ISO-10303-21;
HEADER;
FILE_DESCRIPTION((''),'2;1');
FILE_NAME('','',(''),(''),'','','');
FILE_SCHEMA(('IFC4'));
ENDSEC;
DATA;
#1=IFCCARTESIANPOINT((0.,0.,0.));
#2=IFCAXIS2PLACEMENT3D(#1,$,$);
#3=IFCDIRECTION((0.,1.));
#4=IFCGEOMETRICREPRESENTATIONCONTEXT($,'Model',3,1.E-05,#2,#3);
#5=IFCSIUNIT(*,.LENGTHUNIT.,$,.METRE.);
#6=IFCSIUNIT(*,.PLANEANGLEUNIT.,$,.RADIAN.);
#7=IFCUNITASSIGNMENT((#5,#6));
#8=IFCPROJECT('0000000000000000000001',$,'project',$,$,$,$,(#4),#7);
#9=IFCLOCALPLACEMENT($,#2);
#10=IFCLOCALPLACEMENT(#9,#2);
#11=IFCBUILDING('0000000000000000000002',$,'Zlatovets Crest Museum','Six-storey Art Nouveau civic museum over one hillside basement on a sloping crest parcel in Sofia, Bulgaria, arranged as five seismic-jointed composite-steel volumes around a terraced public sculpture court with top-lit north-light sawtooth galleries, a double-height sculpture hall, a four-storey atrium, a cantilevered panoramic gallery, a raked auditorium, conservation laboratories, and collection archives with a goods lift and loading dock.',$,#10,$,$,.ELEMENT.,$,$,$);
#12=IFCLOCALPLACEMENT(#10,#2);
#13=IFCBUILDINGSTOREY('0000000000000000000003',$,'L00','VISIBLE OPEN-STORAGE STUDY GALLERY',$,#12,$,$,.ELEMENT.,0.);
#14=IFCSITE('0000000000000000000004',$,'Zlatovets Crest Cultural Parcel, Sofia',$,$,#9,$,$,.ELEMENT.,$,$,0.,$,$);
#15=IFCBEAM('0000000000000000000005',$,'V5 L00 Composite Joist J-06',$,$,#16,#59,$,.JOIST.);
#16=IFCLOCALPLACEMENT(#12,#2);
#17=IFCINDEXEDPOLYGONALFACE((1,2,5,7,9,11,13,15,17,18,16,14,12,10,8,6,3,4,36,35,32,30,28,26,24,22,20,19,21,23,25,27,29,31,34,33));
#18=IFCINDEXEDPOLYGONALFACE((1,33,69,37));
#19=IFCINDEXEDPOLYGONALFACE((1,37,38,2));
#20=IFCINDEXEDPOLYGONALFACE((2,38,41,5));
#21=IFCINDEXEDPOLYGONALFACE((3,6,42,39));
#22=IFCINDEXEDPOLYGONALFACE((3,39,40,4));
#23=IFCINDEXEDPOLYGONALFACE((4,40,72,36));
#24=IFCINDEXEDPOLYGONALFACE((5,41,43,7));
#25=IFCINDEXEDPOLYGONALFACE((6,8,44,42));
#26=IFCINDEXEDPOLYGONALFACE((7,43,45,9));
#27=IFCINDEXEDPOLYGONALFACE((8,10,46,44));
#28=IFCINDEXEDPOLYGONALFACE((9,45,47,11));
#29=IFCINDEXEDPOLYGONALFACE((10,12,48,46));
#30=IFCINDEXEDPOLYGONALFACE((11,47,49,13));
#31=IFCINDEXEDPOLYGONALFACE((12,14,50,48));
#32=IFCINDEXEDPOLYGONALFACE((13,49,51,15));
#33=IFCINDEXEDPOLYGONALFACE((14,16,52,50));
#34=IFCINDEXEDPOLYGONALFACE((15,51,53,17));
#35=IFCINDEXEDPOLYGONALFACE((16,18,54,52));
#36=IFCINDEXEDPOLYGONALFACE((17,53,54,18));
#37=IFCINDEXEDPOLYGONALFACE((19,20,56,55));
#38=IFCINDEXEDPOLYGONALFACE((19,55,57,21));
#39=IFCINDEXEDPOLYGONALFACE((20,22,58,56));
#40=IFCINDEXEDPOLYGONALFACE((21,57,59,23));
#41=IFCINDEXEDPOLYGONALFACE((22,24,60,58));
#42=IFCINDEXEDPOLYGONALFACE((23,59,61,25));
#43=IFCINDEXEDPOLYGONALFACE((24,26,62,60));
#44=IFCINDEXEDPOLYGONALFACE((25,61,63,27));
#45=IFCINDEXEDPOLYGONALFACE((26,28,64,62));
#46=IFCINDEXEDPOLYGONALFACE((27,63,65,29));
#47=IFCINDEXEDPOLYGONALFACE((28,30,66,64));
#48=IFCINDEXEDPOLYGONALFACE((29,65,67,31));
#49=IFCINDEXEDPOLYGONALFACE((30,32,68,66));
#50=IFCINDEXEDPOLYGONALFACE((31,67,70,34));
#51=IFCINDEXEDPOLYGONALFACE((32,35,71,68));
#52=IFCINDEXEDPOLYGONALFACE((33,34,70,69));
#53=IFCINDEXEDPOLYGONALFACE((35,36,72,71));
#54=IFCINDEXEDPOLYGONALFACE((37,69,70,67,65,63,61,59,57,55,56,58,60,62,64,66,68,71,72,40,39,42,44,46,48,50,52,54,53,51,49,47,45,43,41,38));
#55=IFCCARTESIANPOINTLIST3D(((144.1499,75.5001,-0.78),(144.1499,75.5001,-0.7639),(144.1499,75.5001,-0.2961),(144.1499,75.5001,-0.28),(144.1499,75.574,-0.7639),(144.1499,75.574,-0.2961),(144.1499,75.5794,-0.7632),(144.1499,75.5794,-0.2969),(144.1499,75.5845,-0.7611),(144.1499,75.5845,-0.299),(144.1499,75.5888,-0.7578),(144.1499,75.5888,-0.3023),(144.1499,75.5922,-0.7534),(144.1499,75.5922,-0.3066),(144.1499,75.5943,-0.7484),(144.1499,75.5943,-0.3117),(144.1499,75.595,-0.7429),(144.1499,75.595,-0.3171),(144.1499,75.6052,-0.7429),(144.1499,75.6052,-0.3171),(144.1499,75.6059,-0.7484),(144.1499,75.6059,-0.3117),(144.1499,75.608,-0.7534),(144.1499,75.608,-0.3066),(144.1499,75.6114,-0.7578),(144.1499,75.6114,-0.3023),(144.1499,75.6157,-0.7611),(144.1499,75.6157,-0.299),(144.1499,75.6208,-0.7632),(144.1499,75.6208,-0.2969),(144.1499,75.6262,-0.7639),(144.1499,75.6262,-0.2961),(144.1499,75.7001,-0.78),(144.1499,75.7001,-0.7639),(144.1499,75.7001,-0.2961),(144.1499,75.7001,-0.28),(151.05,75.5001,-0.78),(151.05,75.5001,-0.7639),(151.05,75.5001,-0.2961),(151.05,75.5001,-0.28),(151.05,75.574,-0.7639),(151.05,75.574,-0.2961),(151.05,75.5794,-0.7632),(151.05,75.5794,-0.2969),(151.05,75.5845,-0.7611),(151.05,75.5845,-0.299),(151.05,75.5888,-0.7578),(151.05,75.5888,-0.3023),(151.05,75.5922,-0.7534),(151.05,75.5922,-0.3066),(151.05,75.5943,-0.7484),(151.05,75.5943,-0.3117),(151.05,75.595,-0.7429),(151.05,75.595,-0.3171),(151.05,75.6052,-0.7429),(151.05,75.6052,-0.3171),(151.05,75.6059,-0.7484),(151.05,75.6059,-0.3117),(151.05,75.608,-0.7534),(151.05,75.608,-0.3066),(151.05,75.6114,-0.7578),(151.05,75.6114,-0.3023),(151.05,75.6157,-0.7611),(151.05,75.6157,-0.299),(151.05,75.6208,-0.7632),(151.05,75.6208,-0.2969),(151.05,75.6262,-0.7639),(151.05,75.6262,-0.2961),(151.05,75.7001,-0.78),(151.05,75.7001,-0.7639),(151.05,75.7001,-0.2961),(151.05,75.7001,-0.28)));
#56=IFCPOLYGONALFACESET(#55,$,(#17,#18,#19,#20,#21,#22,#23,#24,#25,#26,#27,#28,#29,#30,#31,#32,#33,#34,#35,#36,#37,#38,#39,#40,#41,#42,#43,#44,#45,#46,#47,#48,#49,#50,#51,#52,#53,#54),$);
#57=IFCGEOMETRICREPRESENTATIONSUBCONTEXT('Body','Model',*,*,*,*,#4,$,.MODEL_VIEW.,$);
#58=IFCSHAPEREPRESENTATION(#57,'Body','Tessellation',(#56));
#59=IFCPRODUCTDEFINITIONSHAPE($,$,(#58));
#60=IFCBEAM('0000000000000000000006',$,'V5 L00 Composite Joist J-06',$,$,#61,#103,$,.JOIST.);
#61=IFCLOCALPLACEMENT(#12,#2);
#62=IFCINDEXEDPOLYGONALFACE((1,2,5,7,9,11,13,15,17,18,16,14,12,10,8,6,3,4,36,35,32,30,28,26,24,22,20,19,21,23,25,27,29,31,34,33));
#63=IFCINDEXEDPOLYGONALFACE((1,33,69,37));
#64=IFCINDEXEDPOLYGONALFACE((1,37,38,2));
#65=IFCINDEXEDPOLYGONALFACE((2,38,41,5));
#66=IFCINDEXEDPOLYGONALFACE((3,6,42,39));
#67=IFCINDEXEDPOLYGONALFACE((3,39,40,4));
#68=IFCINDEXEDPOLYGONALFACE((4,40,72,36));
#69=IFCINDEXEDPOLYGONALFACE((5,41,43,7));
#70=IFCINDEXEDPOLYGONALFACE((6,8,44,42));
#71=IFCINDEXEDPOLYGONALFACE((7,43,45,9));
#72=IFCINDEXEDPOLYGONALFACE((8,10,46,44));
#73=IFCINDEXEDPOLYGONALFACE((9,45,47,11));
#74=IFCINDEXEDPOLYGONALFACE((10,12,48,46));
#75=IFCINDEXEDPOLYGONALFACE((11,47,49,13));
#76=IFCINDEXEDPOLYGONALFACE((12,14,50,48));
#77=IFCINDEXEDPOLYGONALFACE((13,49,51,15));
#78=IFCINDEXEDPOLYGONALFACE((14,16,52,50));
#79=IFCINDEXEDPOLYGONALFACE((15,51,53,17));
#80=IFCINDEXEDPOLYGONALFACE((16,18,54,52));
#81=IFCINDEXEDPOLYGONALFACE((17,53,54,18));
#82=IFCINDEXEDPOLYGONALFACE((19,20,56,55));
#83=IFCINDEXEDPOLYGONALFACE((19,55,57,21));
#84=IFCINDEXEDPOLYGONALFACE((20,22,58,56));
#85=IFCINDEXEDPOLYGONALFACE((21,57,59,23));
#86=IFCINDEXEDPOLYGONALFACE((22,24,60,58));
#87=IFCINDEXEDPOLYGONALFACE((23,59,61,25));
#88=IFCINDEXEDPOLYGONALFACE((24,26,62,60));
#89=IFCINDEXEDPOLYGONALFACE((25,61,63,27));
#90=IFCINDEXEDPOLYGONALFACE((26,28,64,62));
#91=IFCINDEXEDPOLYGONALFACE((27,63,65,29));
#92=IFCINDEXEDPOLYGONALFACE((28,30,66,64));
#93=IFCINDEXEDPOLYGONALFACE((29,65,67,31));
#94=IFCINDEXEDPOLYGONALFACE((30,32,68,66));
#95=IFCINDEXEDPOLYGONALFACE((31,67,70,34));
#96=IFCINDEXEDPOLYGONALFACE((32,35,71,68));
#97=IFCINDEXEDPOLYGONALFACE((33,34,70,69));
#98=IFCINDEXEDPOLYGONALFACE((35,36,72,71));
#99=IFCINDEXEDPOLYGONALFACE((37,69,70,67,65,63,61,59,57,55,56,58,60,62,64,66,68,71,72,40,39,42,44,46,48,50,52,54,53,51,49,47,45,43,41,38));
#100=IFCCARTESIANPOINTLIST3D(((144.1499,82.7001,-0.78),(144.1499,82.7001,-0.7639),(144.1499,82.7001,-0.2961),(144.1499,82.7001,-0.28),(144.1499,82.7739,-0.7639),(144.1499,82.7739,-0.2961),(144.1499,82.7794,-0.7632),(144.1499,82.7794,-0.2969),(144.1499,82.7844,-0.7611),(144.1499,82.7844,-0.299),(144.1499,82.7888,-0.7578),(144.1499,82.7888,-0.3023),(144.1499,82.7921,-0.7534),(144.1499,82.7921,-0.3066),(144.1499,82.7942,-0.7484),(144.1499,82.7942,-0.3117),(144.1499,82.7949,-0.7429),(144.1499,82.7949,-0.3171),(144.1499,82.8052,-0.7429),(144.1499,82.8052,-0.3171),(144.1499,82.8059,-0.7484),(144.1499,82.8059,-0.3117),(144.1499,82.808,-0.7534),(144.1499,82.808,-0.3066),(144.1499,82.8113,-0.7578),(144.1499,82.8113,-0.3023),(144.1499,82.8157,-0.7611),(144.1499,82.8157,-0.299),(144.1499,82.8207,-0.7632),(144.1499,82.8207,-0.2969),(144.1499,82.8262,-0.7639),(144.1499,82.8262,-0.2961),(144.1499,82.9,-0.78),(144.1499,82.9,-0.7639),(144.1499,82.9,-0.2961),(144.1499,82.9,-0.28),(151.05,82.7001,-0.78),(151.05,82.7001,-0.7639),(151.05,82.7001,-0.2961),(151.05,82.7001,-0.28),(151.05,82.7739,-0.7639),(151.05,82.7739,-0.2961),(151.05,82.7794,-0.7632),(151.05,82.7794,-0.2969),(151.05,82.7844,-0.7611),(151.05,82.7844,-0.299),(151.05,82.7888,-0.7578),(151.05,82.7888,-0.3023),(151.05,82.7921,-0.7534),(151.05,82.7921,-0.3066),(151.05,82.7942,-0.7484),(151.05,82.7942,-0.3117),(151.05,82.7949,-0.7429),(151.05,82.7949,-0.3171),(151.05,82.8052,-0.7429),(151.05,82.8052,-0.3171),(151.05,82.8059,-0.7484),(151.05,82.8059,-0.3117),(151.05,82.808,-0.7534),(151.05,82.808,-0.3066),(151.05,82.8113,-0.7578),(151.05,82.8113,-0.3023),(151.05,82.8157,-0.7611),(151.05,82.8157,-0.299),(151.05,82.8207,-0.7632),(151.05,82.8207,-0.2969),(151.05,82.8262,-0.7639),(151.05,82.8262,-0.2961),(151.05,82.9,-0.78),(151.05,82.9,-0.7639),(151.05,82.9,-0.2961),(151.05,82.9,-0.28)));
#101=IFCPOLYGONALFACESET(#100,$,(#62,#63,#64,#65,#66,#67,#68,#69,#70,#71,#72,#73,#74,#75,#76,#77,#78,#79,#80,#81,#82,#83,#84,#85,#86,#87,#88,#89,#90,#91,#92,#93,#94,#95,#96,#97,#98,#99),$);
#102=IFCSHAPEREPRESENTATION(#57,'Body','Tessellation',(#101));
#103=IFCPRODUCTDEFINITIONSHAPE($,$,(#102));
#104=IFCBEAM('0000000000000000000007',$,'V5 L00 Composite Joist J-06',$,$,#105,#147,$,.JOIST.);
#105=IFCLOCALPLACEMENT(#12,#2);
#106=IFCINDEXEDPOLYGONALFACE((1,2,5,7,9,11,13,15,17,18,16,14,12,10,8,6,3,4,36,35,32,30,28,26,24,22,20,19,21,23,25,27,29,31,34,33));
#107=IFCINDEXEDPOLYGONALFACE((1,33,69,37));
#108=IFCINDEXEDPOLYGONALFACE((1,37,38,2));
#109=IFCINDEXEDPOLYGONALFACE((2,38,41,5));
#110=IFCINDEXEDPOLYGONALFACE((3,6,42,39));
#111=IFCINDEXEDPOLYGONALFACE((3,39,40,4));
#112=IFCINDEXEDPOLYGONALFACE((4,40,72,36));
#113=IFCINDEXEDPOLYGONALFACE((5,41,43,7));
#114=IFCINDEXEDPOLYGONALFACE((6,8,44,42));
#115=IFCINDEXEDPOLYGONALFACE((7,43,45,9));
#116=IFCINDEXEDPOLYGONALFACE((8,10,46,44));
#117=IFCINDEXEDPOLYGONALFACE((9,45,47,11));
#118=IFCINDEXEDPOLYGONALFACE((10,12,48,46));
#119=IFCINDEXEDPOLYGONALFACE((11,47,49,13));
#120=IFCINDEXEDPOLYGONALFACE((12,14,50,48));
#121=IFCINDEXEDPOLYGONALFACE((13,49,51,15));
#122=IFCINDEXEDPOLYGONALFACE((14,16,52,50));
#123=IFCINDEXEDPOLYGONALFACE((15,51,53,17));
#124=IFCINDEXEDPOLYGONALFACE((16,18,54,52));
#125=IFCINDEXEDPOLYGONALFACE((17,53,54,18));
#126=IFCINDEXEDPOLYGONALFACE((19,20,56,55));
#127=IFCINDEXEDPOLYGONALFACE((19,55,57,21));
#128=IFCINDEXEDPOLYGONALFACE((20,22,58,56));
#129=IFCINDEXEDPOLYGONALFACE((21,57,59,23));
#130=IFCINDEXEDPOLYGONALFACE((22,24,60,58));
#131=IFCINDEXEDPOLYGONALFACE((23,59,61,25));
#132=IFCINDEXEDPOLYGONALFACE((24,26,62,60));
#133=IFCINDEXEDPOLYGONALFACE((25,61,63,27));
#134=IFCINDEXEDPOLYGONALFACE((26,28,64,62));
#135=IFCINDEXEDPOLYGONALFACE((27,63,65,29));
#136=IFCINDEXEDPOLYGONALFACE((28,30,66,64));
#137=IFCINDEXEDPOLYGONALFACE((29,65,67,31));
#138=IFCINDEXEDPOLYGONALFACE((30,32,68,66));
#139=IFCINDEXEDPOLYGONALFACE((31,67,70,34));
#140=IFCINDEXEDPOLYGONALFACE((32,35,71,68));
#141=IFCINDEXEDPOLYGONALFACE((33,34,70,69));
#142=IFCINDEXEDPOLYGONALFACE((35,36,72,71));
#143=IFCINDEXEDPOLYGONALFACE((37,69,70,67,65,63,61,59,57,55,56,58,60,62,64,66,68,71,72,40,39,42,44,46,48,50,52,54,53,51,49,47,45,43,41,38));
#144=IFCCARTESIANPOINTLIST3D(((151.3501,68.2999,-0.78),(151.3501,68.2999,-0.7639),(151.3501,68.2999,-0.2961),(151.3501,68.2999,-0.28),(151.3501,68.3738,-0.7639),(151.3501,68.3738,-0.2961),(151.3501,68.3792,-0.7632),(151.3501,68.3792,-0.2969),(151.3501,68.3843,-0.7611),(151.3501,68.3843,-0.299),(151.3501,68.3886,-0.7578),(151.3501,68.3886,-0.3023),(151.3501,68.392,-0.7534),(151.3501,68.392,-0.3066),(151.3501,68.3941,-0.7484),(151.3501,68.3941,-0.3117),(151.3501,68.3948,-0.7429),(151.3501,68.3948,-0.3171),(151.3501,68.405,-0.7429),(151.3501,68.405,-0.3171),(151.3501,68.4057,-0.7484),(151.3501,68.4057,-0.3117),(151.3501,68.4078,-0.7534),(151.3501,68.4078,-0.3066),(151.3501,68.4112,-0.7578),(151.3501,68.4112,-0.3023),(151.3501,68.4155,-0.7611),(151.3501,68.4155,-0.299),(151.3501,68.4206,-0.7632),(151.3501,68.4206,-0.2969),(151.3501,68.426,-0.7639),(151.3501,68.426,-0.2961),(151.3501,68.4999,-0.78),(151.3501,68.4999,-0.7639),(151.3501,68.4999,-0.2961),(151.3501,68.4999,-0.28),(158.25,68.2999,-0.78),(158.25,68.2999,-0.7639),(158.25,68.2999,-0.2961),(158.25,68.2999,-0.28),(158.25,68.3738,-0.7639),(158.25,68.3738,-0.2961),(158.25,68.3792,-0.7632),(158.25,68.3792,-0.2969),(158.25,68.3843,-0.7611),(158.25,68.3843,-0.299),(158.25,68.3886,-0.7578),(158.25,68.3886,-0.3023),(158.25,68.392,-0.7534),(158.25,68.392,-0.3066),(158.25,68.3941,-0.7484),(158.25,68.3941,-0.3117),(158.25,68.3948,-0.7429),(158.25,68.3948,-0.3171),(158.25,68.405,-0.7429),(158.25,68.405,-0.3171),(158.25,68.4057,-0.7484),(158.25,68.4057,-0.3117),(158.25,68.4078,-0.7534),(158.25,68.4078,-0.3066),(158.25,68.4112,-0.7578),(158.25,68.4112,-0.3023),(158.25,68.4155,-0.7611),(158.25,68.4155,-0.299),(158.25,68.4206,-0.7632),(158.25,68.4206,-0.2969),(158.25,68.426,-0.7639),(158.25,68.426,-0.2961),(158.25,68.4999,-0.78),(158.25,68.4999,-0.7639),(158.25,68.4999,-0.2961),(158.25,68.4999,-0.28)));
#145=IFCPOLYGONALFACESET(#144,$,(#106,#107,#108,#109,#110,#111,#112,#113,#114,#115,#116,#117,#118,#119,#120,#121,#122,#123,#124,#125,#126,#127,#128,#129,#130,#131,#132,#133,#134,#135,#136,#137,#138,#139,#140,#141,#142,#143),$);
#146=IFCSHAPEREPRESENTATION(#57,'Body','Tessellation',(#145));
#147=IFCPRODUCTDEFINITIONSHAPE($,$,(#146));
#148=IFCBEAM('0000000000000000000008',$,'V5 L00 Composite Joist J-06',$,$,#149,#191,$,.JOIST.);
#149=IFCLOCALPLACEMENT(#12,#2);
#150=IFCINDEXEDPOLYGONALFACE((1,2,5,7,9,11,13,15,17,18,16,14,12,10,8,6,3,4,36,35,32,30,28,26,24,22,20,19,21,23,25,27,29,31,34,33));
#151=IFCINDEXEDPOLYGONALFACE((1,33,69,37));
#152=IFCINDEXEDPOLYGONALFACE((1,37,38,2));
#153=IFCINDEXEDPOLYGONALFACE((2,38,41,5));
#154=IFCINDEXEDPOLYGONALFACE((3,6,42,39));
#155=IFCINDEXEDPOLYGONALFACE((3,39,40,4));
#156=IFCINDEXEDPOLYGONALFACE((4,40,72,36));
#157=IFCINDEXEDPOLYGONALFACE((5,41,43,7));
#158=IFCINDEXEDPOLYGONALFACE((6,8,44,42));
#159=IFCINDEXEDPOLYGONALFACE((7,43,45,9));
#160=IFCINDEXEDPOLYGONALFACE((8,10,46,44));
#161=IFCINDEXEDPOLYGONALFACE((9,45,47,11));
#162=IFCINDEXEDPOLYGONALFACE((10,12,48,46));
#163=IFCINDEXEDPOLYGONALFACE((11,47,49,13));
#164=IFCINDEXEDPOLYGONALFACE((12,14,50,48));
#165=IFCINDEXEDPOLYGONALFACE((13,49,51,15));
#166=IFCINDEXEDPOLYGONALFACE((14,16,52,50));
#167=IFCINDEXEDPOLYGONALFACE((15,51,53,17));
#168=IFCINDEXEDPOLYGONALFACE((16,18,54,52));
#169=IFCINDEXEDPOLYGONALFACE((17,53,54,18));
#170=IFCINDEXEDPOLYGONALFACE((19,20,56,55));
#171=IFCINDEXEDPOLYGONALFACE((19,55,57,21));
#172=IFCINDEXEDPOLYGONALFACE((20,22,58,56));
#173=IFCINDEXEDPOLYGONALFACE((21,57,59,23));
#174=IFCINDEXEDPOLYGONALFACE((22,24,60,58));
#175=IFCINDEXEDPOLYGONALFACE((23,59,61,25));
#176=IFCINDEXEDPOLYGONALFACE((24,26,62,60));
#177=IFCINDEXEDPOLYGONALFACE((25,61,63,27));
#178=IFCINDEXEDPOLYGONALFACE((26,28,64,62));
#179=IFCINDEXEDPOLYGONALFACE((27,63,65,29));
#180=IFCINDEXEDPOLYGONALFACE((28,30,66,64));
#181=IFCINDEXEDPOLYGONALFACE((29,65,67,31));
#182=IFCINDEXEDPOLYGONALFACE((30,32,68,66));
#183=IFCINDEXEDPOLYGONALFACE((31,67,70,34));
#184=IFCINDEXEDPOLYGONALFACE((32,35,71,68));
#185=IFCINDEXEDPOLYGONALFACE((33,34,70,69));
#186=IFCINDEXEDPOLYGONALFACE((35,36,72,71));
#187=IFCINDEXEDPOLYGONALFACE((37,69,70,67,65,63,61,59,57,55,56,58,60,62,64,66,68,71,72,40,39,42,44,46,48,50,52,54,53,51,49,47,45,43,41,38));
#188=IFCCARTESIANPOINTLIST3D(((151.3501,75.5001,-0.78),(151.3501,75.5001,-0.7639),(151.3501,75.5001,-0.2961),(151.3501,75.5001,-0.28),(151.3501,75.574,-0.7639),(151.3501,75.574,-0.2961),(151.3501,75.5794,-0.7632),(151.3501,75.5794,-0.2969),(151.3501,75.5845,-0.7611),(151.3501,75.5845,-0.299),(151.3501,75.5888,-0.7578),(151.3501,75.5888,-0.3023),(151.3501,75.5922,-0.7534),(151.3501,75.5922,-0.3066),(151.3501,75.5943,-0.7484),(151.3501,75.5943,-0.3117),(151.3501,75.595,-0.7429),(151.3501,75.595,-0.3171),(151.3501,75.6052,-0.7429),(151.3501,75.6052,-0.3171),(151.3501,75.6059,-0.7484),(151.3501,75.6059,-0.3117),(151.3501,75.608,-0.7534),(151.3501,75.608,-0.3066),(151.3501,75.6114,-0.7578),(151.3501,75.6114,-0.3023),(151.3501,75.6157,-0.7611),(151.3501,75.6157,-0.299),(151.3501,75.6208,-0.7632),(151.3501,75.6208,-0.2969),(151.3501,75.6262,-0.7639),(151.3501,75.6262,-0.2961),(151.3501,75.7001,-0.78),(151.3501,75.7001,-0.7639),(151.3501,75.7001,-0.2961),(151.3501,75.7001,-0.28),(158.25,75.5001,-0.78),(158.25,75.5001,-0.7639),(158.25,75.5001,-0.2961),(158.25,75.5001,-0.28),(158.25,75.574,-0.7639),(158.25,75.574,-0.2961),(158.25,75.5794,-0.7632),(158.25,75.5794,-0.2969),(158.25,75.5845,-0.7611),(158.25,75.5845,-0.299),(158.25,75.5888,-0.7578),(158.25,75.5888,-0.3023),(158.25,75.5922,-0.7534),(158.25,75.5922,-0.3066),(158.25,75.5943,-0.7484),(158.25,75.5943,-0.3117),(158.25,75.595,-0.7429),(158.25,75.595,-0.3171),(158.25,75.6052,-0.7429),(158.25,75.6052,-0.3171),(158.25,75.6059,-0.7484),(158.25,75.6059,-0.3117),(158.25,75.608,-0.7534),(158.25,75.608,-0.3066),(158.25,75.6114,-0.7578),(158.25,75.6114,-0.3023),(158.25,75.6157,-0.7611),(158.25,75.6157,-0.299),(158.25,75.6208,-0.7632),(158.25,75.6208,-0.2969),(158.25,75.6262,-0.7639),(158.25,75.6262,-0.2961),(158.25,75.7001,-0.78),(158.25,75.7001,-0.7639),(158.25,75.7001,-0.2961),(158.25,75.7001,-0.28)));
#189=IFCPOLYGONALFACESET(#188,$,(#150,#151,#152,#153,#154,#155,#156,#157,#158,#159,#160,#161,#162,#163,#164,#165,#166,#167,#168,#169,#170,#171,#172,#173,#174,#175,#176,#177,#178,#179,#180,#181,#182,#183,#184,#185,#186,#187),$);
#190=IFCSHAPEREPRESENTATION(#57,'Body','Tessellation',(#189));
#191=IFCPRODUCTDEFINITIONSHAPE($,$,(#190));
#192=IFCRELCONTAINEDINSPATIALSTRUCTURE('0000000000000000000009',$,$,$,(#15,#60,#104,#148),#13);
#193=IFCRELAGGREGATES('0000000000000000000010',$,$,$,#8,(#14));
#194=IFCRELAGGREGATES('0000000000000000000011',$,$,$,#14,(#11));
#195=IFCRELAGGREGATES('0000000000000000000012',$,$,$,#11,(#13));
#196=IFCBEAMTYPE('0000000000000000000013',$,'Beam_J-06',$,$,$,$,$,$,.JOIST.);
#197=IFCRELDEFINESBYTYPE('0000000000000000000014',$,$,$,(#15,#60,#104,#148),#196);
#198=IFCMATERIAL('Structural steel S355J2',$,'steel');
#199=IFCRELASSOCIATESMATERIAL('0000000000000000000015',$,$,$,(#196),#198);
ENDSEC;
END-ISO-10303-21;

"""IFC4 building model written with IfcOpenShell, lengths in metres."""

from ifc_helpers import new_model, si_unit, direction, frame, origin, origin_2d, place, context, subcontext, project, spatial, i_section, extrude, material, material_profile, profile_set, type_object, element, save


model = new_model("IFC4")

# Units and contexts
model_context = context("Model", 3, precision=1e-05, world=origin(), true_north=direction((0.0, 1.0)))
body_context = subcontext(model_context, "Body", "Model", "MODEL_VIEW")
ifc_project = project(units=[si_unit("LENGTHUNIT", "METRE"), si_unit("PLANEANGLEUNIT", "RADIAN")], contexts=[model_context])

# Site, building, storey
site_placement = place(None, origin())
site = spatial("IfcSite", under=ifc_project, at=site_placement, Name="Zlatovets Crest Cultural Parcel, Sofia", CompositionType="ELEMENT", RefElevation=0.0)
building_placement = place(site_placement, origin())
building = spatial("IfcBuilding", under=site, at=building_placement, Name="Zlatovets Crest Museum", Description="Six-storey Art Nouveau civic museum over one hillside basement on a sloping crest parcel in Sofia, Bulgaria, arranged as five seismic-jointed composite-steel volumes around a terraced public sculpture court with top-lit north-light sawtooth galleries, a double-height sculpture hall, a four-storey atrium, a cantilevered panoramic gallery, a raked auditorium, conservation laboratories, and collection archives with a goods lift and loading dock.", CompositionType="ELEMENT")
storey_placement = place(building_placement, origin())
storey = spatial("IfcBuildingStorey", under=building, at=storey_placement, Name="L00", Description="VISIBLE OPEN-STORAGE STUDY GALLERY", CompositionType="ELEMENT", Elevation=0.0)

# Shared definitions
ifc_material = material(Name="Structural steel S355J2", Category="steel")

# Beams
ifc_material_profile_1 = material_profile(ifc_material, i_section(OverallWidth=0.2, OverallDepth=0.5, WebThickness=0.0103, FlangeThickness=0.0161, FilletRadius=0.021, at=origin_2d()), Name="IPE 500")
ifc_profile_set_1 = profile_set([ifc_material_profile_1], Name="Structural steel S355J2")
beam_type_1 = type_object("IfcBeamType", Name="Beam_J-06", PredefinedType="JOIST", material=ifc_profile_set_1)
for number, where, z_axis, x_axis, name in (
    (1, (144.1499, 75.6001, -0.53), (1.0, 0.0, 0.0), (0.0, 1.0, 0.0), "V5 L00 Composite Joist J-06"),
    (2, (144.1499, 82.8, -0.53), (1.0, 0.0, 0.0), (0.0, 1.0, 0.0), "V5 L00 Composite Joist J-06"),
):
    element("IfcBeam", number, at=place(storey_placement, frame(where, z_axis=z_axis, x_axis=x_axis)), inside=storey, type_object=beam_type_1, Name=name, PredefinedType="JOIST", context=body_context, shape_type="SweptSolid", body=[
        extrude(i_section(OverallWidth=0.2, OverallDepth=0.5, WebThickness=0.0103, FlangeThickness=0.0161, FilletRadius=0.021, at=origin_2d()), origin(), (0.0, 0.0, 1.0), 6.9001),
    ])
for number, where, z_axis, x_axis, name in (
    (3, (151.3501, 68.3999, -0.53), (1.0, 0.0, 0.0), (0.0, 1.0, 0.0), "V5 L00 Composite Joist J-06"),
    (4, (151.3501, 75.6001, -0.53), (1.0, 0.0, 0.0), (0.0, 1.0, 0.0), "V5 L00 Composite Joist J-06"),
):
    element("IfcBeam", number, at=place(storey_placement, frame(where, z_axis=z_axis, x_axis=x_axis)), inside=storey, type_object=beam_type_1, Name=name, PredefinedType="JOIST", context=body_context, shape_type="SweptSolid", body=[
        extrude(i_section(OverallWidth=0.2, OverallDepth=0.5, WebThickness=0.0103, FlangeThickness=0.0161, FilletRadius=0.021, at=origin_2d()), origin(), (0.0, 0.0, 1.0), 6.8999),
    ])

save(model, "model.ifc")
